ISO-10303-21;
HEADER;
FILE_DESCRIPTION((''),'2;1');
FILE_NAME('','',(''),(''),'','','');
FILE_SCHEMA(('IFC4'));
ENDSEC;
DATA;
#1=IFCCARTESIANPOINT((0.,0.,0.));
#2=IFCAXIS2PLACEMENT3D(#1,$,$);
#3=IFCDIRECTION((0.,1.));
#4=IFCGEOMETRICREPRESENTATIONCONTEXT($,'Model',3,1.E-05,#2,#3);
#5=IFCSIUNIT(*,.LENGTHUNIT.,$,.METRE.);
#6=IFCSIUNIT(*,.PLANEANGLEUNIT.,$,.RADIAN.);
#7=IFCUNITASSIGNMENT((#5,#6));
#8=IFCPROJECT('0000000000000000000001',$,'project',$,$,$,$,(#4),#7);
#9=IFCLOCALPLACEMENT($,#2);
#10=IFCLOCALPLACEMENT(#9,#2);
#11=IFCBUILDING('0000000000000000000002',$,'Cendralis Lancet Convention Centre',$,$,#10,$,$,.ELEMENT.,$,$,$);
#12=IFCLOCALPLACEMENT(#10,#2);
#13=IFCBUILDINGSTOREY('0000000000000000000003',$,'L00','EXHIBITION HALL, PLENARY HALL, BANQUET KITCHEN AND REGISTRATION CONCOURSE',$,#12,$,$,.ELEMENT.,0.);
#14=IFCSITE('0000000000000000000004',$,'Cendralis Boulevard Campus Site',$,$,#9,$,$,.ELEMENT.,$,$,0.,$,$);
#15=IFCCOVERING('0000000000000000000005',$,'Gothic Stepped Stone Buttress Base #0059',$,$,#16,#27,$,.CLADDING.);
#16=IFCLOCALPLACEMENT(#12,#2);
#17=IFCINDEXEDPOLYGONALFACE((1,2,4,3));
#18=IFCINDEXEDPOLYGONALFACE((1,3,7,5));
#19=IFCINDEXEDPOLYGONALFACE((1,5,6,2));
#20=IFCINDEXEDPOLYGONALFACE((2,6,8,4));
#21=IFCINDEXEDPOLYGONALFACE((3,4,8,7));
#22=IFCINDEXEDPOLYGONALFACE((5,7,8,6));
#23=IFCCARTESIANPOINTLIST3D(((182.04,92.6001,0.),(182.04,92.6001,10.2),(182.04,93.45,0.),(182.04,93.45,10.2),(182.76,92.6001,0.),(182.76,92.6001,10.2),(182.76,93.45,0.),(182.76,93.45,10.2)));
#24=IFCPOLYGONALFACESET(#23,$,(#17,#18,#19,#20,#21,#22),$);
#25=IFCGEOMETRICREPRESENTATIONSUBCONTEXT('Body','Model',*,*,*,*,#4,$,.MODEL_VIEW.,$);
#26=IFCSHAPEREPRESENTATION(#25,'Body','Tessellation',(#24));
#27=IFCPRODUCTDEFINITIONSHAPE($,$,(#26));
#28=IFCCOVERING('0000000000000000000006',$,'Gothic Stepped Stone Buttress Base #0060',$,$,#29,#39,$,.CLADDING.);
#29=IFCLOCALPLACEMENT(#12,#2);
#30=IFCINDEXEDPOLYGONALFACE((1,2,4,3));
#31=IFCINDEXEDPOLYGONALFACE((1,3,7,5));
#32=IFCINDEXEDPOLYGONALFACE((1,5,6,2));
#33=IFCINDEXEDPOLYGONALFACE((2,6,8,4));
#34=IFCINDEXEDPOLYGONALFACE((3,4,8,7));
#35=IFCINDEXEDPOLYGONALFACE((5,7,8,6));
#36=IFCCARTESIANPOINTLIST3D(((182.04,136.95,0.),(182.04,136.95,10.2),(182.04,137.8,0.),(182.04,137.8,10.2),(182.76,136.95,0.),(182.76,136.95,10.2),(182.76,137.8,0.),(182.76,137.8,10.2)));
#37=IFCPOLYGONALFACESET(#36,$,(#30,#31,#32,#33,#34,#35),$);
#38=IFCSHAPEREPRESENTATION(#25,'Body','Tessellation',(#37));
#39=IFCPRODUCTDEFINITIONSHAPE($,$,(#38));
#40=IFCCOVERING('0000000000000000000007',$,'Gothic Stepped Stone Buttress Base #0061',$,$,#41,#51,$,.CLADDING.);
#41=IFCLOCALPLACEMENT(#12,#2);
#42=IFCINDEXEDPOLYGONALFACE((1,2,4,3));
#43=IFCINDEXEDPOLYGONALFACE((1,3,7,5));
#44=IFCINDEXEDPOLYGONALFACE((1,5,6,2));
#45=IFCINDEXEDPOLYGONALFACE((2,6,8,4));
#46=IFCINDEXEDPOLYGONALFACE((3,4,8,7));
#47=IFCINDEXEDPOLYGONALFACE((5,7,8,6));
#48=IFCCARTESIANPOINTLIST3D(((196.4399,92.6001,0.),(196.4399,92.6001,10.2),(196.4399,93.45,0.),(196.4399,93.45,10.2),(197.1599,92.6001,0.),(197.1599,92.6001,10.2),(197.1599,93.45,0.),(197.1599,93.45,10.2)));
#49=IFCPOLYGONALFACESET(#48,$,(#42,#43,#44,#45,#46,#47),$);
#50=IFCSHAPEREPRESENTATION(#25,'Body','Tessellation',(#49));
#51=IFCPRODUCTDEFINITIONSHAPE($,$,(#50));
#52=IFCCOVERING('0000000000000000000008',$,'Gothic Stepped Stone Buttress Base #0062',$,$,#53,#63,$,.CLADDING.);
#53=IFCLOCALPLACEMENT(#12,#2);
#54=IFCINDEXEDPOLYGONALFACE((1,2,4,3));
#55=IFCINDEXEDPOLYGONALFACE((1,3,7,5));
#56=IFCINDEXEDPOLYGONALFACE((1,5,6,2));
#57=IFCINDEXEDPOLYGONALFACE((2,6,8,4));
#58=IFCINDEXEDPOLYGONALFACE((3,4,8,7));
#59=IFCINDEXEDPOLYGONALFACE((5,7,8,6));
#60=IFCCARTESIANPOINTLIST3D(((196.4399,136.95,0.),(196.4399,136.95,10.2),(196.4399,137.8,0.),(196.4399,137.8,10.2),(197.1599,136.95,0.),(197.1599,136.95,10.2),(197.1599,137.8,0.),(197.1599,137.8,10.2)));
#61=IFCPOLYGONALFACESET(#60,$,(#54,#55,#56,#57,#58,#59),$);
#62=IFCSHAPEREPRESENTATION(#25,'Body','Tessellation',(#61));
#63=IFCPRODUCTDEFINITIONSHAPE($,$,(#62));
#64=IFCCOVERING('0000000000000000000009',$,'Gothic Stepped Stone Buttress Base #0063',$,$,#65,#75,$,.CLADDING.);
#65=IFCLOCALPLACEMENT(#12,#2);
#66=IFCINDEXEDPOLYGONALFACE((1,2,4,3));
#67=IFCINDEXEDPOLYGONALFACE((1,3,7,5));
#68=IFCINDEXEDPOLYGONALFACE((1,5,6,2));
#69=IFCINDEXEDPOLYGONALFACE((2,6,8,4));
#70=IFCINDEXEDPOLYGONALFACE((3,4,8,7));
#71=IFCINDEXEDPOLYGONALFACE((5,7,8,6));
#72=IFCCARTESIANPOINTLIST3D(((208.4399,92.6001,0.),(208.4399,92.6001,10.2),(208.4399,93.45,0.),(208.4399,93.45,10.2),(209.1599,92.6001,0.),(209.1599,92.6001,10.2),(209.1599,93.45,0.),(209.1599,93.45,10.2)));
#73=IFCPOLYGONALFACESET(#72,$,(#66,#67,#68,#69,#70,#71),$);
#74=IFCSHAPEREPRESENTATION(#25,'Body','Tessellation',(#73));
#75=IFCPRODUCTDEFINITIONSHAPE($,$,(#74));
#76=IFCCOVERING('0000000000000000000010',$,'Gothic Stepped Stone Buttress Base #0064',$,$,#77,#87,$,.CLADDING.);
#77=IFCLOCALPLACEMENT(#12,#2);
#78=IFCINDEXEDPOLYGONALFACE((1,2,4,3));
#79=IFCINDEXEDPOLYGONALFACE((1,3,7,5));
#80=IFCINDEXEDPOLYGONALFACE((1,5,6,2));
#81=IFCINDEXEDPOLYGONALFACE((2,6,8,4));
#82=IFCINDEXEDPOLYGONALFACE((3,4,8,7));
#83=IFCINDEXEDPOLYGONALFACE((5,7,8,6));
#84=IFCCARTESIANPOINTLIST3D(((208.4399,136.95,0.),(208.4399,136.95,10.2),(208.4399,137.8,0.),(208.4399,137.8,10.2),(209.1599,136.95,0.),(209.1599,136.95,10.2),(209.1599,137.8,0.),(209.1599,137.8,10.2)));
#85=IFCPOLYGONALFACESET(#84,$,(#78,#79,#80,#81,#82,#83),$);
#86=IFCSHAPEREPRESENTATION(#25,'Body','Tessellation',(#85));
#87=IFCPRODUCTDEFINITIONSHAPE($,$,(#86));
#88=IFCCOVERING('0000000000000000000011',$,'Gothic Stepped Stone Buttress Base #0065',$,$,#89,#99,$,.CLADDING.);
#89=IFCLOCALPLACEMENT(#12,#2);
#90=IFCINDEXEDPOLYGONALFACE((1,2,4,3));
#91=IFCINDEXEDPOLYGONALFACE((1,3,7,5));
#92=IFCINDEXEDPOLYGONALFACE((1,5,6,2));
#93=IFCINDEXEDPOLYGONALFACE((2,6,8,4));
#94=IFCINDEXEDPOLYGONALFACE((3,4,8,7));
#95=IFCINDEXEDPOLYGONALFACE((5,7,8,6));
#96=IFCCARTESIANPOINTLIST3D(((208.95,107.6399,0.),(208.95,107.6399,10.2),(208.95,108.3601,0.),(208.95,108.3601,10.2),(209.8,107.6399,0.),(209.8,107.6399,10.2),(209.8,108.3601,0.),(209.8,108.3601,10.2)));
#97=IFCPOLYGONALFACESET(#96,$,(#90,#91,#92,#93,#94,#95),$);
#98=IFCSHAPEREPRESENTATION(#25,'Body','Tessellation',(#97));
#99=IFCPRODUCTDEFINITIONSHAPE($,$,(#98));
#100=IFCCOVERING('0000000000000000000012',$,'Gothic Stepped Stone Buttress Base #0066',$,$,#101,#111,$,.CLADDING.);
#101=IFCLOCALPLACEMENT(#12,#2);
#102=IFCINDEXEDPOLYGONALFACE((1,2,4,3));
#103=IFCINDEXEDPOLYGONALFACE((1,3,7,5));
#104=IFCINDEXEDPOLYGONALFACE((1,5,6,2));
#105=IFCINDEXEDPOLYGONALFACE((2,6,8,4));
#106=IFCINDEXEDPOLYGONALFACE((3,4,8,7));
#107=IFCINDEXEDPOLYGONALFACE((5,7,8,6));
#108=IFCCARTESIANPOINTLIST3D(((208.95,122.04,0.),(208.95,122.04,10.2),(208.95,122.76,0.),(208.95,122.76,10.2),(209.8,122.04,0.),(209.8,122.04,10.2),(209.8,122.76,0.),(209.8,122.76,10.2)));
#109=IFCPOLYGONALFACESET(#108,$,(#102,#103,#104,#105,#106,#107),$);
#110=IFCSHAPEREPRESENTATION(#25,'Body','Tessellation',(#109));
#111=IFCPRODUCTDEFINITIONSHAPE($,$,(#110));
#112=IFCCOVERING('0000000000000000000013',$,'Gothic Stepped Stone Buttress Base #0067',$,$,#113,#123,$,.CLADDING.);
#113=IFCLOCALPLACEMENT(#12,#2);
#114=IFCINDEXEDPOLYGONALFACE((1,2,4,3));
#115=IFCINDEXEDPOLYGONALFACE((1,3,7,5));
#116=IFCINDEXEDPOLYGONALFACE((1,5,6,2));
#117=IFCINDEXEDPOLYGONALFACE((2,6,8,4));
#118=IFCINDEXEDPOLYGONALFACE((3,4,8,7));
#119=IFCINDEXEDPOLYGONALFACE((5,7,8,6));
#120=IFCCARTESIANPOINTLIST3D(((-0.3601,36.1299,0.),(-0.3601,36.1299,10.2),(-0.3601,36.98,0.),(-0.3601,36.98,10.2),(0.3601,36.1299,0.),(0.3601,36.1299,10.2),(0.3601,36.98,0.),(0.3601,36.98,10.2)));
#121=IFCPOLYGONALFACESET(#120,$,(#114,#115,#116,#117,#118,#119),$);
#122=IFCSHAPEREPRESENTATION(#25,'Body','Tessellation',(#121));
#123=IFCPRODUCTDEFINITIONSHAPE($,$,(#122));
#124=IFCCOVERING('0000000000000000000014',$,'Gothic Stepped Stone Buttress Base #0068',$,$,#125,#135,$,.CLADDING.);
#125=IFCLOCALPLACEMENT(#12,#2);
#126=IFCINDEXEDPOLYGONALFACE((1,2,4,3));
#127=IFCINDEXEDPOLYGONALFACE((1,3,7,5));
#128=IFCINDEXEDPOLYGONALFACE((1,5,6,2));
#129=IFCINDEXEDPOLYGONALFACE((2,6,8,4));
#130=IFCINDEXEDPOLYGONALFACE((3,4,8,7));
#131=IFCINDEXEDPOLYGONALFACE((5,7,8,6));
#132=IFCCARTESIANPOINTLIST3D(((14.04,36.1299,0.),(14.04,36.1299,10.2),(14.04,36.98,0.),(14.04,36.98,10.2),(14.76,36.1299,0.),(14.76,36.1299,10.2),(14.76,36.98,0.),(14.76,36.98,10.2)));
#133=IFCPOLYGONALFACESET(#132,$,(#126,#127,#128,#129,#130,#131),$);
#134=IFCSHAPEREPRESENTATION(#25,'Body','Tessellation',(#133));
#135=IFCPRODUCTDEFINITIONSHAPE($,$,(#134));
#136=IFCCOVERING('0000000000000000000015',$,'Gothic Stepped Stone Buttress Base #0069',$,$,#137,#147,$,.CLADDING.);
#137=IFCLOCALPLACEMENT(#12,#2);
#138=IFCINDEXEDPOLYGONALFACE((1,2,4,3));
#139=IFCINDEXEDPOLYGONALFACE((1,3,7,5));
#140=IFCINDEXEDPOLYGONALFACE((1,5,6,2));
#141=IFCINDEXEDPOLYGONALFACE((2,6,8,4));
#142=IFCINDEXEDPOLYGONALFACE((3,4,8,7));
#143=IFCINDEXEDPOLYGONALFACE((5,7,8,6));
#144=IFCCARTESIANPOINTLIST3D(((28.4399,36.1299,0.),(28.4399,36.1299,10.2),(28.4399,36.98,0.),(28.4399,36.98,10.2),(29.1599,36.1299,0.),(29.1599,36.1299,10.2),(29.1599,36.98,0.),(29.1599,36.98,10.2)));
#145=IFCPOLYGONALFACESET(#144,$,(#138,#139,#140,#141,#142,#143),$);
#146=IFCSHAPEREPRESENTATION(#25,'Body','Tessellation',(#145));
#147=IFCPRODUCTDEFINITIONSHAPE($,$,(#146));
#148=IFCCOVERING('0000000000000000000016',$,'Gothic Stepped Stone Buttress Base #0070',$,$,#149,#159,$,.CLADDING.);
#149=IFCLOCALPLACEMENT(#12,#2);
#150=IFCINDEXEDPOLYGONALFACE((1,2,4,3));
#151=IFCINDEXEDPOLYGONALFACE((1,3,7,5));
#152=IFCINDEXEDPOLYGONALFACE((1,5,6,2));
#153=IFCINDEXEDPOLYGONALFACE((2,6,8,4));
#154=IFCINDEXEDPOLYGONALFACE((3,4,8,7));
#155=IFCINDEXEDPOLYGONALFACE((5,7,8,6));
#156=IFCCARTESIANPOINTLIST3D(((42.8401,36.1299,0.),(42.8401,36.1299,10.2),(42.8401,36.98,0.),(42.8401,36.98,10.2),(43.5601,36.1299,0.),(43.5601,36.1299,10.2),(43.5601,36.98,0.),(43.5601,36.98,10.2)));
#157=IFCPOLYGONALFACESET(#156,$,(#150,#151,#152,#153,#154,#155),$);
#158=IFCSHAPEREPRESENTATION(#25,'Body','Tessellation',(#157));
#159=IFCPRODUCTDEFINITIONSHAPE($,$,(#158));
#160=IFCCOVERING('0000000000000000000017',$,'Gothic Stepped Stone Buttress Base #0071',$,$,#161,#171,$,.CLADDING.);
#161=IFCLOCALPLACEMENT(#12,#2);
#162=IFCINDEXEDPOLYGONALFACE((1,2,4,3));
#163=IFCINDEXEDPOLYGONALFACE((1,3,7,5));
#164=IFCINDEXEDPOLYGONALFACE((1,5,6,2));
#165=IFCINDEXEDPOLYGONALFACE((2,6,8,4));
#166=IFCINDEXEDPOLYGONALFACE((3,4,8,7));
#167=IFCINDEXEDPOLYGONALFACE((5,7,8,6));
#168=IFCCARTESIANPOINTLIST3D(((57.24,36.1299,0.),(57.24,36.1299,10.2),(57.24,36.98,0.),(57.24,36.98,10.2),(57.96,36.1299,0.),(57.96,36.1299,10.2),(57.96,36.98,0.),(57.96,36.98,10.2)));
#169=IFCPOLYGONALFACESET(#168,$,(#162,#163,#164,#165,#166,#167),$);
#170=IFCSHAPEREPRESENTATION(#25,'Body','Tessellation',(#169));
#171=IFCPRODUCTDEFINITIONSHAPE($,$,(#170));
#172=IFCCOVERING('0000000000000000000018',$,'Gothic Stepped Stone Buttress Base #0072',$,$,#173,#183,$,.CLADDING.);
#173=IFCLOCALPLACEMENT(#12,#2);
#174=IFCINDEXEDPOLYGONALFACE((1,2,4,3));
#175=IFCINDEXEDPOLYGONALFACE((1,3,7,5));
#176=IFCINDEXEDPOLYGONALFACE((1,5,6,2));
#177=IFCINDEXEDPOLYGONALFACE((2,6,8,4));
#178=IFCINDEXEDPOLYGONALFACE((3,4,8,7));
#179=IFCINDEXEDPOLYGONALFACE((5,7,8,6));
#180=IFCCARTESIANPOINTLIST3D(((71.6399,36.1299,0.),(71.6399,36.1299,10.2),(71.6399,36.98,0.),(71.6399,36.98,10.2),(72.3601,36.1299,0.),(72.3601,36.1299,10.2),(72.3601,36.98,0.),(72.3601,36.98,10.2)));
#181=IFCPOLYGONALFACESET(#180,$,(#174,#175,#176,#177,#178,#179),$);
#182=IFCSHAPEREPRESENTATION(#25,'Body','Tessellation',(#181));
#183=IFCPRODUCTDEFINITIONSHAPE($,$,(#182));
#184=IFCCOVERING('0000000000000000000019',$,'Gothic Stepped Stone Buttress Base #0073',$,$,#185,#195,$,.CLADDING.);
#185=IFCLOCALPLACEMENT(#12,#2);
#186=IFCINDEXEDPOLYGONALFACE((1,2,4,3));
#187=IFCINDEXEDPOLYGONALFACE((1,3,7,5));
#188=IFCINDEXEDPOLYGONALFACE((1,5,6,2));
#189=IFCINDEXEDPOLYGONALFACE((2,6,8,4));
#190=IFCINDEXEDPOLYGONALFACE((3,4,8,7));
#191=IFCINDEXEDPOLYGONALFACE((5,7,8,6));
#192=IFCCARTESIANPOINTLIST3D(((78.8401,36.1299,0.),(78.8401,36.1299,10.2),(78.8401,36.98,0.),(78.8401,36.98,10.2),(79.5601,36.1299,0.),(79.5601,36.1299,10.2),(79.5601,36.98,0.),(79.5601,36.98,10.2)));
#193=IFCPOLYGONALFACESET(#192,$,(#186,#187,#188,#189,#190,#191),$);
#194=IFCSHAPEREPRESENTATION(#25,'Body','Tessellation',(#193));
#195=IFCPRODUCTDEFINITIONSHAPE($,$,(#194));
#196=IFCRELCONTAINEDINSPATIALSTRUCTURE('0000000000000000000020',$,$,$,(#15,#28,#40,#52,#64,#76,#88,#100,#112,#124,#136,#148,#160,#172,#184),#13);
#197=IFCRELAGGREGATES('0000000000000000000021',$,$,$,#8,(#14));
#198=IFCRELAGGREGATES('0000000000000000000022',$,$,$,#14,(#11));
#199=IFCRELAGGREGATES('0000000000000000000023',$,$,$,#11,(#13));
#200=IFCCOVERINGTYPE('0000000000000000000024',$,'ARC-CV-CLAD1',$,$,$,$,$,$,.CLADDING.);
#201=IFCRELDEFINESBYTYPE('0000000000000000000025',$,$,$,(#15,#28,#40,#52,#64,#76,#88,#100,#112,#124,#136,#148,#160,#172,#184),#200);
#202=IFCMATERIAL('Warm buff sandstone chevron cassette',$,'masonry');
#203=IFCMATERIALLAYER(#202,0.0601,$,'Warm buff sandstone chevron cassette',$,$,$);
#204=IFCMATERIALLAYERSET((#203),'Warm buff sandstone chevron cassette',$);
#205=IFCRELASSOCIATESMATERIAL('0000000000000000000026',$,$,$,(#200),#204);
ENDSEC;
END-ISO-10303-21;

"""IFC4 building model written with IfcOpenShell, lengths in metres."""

from ifc_helpers import new_model, si_unit, direction, origin, place, context, subcontext, project, spatial, polyline, outline, extrude, material, layer, layer_set, type_object, element, save


model = new_model("IFC4")

# Units and contexts
model_context = context("Model", 3, precision=1e-05, world=origin(), true_north=direction((0.0, 1.0)))
body_context = subcontext(model_context, "Body", "Model", "MODEL_VIEW")
ifc_project = project(units=[si_unit("LENGTHUNIT", "METRE"), si_unit("PLANEANGLEUNIT", "RADIAN")], contexts=[model_context])

# Site, building, storey
site_placement = place(None, origin())
site = spatial("IfcSite", under=ifc_project, at=site_placement, Name="Cendralis Boulevard Campus Site", CompositionType="ELEMENT", RefElevation=0.0)
building_placement = place(site_placement, origin())
building = spatial("IfcBuilding", under=site, at=building_placement, Name="Cendralis Lancet Convention Centre", CompositionType="ELEMENT")
storey_placement = place(building_placement, origin())
storey = spatial("IfcBuildingStorey", under=building, at=storey_placement, Name="L00", Description="EXHIBITION HALL, PLENARY HALL, BANQUET KITCHEN AND REGISTRATION CONCOURSE", CompositionType="ELEMENT", Elevation=0.0)

# Coverings
ifc_material = material(Name="Warm buff sandstone chevron cassette", Category="masonry")
ifc_layer = layer(ifc_material, 0.0601, Name="Warm buff sandstone chevron cassette")
ifc_layer_set = layer_set([ifc_layer], Name="Warm buff sandstone chevron cassette")
covering_type = type_object("IfcCoveringType", Name="ARC-CV-CLAD1", PredefinedType="CLADDING", material=ifc_layer_set)
covering_1_placement = place(storey_placement, origin())
element("IfcCovering", 1, at=covering_1_placement, inside=storey, type_object=covering_type, Name="Gothic Stepped Stone Buttress Base #0059", PredefinedType="CLADDING", context=body_context, shape_type="SweptSolid", body=[
    extrude(outline(polyline([(182.04, 92.6001), (182.76, 92.6001), (182.76, 93.45), (182.04, 93.45), (182.04, 92.6001)])), origin(), (0.0, 0.0, 1.0), 10.2),
])
covering_2_placement = place(storey_placement, origin())
element("IfcCovering", 2, at=covering_2_placement, inside=storey, type_object=covering_type, Name="Gothic Stepped Stone Buttress Base #0060", PredefinedType="CLADDING", context=body_context, shape_type="SweptSolid", body=[
    extrude(outline(polyline([(182.76, 137.8), (182.04, 137.8), (182.04, 136.95), (182.76, 136.95), (182.76, 137.8)])), origin(), (0.0, 0.0, 1.0), 10.2),
])
covering_3_placement = place(storey_placement, origin())
element("IfcCovering", 3, at=covering_3_placement, inside=storey, type_object=covering_type, Name="Gothic Stepped Stone Buttress Base #0061", PredefinedType="CLADDING", context=body_context, shape_type="SweptSolid", body=[
    extrude(outline(polyline([(196.4399, 92.6001), (197.1599, 92.6001), (197.1599, 93.45), (196.4399, 93.45), (196.4399, 92.6001)])), origin(), (0.0, 0.0, 1.0), 10.2),
])
covering_4_placement = place(storey_placement, origin())
element("IfcCovering", 4, at=covering_4_placement, inside=storey, type_object=covering_type, Name="Gothic Stepped Stone Buttress Base #0062", PredefinedType="CLADDING", context=body_context, shape_type="SweptSolid", body=[
    extrude(outline(polyline([(197.1599, 137.8), (196.4399, 137.8), (196.4399, 136.95), (197.1599, 136.95), (197.1599, 137.8)])), origin(), (0.0, 0.0, 1.0), 10.2),
])
covering_5_placement = place(storey_placement, origin())
element("IfcCovering", 5, at=covering_5_placement, inside=storey, type_object=covering_type, Name="Gothic Stepped Stone Buttress Base #0063", PredefinedType="CLADDING", context=body_context, shape_type="SweptSolid", body=[
    extrude(outline(polyline([(208.4399, 92.6001), (209.1599, 92.6001), (209.1599, 93.45), (208.4399, 93.45), (208.4399, 92.6001)])), origin(), (0.0, 0.0, 1.0), 10.2),
])
covering_6_placement = place(storey_placement, origin())
element("IfcCovering", 6, at=covering_6_placement, inside=storey, type_object=covering_type, Name="Gothic Stepped Stone Buttress Base #0064", PredefinedType="CLADDING", context=body_context, shape_type="SweptSolid", body=[
    extrude(outline(polyline([(209.1599, 137.8), (208.4399, 137.8), (208.4399, 136.95), (209.1599, 136.95), (209.1599, 137.8)])), origin(), (0.0, 0.0, 1.0), 10.2),
])
covering_7_placement = place(storey_placement, origin())
element("IfcCovering", 7, at=covering_7_placement, inside=storey, type_object=covering_type, Name="Gothic Stepped Stone Buttress Base #0065", PredefinedType="CLADDING", context=body_context, shape_type="SweptSolid", body=[
    extrude(outline(polyline([(209.8, 107.6399), (209.8, 108.3601), (208.95, 108.3601), (208.95, 107.6399), (209.8, 107.6399)])), origin(), (0.0, 0.0, 1.0), 10.2),
])
covering_8_placement = place(storey_placement, origin())
element("IfcCovering", 8, at=covering_8_placement, inside=storey, type_object=covering_type, Name="Gothic Stepped Stone Buttress Base #0066", PredefinedType="CLADDING", context=body_context, shape_type="SweptSolid", body=[
    extrude(outline(polyline([(209.8, 122.04), (209.8, 122.76), (208.95, 122.76), (208.95, 122.04), (209.8, 122.04)])), origin(), (0.0, 0.0, 1.0), 10.2),
])
covering_9_placement = place(storey_placement, origin())
element("IfcCovering", 9, at=covering_9_placement, inside=storey, type_object=covering_type, Name="Gothic Stepped Stone Buttress Base #0067", PredefinedType="CLADDING", context=body_context, shape_type="SweptSolid", body=[
    extrude(outline(polyline([(0.3601, 36.98), (-0.3601, 36.98), (-0.3601, 36.1299), (0.3601, 36.1299), (0.3601, 36.98)])), origin(), (0.0, 0.0, 1.0), 10.2),
])
covering_10_placement = place(storey_placement, origin())
element("IfcCovering", 10, at=covering_10_placement, inside=storey, type_object=covering_type, Name="Gothic Stepped Stone Buttress Base #0068", PredefinedType="CLADDING", context=body_context, shape_type="SweptSolid", body=[
    extrude(outline(polyline([(14.76, 36.98), (14.04, 36.98), (14.04, 36.1299), (14.76, 36.1299), (14.76, 36.98)])), origin(), (0.0, 0.0, 1.0), 10.2),
])
covering_11_placement = place(storey_placement, origin())
element("IfcCovering", 11, at=covering_11_placement, inside=storey, type_object=covering_type, Name="Gothic Stepped Stone Buttress Base #0069", PredefinedType="CLADDING", context=body_context, shape_type="SweptSolid", body=[
    extrude(outline(polyline([(29.1599, 36.98), (28.4399, 36.98), (28.4399, 36.1299), (29.1599, 36.1299), (29.1599, 36.98)])), origin(), (0.0, 0.0, 1.0), 10.2),
])
covering_12_placement = place(storey_placement, origin())
element("IfcCovering", 12, at=covering_12_placement, inside=storey, type_object=covering_type, Name="Gothic Stepped Stone Buttress Base #0070", PredefinedType="CLADDING", context=body_context, shape_type="SweptSolid", body=[
    extrude(outline(polyline([(43.5601, 36.98), (42.8401, 36.98), (42.8401, 36.1299), (43.5601, 36.1299), (43.5601, 36.98)])), origin(), (0.0, 0.0, 1.0), 10.2),
])
covering_13_placement = place(storey_placement, origin())
element("IfcCovering", 13, at=covering_13_placement, inside=storey, type_object=covering_type, Name="Gothic Stepped Stone Buttress Base #0071", PredefinedType="CLADDING", context=body_context, shape_type="SweptSolid", body=[
    extrude(outline(polyline([(57.96, 36.98), (57.24, 36.98), (57.24, 36.1299), (57.96, 36.1299), (57.96, 36.98)])), origin(), (0.0, 0.0, 1.0), 10.2),
])
covering_14_placement = place(storey_placement, origin())
element("IfcCovering", 14, at=covering_14_placement, inside=storey, type_object=covering_type, Name="Gothic Stepped Stone Buttress Base #0072", PredefinedType="CLADDING", context=body_context, shape_type="SweptSolid", body=[
    extrude(outline(polyline([(72.3601, 36.98), (71.6399, 36.98), (71.6399, 36.1299), (72.3601, 36.1299), (72.3601, 36.98)])), origin(), (0.0, 0.0, 1.0), 10.2),
])
covering_15_placement = place(storey_placement, origin())
element("IfcCovering", 15, at=covering_15_placement, inside=storey, type_object=covering_type, Name="Gothic Stepped Stone Buttress Base #0073", PredefinedType="CLADDING", context=body_context, shape_type="SweptSolid", body=[
    extrude(outline(polyline([(79.5601, 36.98), (78.8401, 36.98), (78.8401, 36.1299), (79.5601, 36.1299), (79.5601, 36.98)])), origin(), (0.0, 0.0, 1.0), 10.2),
])

save(model, "model.ifc")
